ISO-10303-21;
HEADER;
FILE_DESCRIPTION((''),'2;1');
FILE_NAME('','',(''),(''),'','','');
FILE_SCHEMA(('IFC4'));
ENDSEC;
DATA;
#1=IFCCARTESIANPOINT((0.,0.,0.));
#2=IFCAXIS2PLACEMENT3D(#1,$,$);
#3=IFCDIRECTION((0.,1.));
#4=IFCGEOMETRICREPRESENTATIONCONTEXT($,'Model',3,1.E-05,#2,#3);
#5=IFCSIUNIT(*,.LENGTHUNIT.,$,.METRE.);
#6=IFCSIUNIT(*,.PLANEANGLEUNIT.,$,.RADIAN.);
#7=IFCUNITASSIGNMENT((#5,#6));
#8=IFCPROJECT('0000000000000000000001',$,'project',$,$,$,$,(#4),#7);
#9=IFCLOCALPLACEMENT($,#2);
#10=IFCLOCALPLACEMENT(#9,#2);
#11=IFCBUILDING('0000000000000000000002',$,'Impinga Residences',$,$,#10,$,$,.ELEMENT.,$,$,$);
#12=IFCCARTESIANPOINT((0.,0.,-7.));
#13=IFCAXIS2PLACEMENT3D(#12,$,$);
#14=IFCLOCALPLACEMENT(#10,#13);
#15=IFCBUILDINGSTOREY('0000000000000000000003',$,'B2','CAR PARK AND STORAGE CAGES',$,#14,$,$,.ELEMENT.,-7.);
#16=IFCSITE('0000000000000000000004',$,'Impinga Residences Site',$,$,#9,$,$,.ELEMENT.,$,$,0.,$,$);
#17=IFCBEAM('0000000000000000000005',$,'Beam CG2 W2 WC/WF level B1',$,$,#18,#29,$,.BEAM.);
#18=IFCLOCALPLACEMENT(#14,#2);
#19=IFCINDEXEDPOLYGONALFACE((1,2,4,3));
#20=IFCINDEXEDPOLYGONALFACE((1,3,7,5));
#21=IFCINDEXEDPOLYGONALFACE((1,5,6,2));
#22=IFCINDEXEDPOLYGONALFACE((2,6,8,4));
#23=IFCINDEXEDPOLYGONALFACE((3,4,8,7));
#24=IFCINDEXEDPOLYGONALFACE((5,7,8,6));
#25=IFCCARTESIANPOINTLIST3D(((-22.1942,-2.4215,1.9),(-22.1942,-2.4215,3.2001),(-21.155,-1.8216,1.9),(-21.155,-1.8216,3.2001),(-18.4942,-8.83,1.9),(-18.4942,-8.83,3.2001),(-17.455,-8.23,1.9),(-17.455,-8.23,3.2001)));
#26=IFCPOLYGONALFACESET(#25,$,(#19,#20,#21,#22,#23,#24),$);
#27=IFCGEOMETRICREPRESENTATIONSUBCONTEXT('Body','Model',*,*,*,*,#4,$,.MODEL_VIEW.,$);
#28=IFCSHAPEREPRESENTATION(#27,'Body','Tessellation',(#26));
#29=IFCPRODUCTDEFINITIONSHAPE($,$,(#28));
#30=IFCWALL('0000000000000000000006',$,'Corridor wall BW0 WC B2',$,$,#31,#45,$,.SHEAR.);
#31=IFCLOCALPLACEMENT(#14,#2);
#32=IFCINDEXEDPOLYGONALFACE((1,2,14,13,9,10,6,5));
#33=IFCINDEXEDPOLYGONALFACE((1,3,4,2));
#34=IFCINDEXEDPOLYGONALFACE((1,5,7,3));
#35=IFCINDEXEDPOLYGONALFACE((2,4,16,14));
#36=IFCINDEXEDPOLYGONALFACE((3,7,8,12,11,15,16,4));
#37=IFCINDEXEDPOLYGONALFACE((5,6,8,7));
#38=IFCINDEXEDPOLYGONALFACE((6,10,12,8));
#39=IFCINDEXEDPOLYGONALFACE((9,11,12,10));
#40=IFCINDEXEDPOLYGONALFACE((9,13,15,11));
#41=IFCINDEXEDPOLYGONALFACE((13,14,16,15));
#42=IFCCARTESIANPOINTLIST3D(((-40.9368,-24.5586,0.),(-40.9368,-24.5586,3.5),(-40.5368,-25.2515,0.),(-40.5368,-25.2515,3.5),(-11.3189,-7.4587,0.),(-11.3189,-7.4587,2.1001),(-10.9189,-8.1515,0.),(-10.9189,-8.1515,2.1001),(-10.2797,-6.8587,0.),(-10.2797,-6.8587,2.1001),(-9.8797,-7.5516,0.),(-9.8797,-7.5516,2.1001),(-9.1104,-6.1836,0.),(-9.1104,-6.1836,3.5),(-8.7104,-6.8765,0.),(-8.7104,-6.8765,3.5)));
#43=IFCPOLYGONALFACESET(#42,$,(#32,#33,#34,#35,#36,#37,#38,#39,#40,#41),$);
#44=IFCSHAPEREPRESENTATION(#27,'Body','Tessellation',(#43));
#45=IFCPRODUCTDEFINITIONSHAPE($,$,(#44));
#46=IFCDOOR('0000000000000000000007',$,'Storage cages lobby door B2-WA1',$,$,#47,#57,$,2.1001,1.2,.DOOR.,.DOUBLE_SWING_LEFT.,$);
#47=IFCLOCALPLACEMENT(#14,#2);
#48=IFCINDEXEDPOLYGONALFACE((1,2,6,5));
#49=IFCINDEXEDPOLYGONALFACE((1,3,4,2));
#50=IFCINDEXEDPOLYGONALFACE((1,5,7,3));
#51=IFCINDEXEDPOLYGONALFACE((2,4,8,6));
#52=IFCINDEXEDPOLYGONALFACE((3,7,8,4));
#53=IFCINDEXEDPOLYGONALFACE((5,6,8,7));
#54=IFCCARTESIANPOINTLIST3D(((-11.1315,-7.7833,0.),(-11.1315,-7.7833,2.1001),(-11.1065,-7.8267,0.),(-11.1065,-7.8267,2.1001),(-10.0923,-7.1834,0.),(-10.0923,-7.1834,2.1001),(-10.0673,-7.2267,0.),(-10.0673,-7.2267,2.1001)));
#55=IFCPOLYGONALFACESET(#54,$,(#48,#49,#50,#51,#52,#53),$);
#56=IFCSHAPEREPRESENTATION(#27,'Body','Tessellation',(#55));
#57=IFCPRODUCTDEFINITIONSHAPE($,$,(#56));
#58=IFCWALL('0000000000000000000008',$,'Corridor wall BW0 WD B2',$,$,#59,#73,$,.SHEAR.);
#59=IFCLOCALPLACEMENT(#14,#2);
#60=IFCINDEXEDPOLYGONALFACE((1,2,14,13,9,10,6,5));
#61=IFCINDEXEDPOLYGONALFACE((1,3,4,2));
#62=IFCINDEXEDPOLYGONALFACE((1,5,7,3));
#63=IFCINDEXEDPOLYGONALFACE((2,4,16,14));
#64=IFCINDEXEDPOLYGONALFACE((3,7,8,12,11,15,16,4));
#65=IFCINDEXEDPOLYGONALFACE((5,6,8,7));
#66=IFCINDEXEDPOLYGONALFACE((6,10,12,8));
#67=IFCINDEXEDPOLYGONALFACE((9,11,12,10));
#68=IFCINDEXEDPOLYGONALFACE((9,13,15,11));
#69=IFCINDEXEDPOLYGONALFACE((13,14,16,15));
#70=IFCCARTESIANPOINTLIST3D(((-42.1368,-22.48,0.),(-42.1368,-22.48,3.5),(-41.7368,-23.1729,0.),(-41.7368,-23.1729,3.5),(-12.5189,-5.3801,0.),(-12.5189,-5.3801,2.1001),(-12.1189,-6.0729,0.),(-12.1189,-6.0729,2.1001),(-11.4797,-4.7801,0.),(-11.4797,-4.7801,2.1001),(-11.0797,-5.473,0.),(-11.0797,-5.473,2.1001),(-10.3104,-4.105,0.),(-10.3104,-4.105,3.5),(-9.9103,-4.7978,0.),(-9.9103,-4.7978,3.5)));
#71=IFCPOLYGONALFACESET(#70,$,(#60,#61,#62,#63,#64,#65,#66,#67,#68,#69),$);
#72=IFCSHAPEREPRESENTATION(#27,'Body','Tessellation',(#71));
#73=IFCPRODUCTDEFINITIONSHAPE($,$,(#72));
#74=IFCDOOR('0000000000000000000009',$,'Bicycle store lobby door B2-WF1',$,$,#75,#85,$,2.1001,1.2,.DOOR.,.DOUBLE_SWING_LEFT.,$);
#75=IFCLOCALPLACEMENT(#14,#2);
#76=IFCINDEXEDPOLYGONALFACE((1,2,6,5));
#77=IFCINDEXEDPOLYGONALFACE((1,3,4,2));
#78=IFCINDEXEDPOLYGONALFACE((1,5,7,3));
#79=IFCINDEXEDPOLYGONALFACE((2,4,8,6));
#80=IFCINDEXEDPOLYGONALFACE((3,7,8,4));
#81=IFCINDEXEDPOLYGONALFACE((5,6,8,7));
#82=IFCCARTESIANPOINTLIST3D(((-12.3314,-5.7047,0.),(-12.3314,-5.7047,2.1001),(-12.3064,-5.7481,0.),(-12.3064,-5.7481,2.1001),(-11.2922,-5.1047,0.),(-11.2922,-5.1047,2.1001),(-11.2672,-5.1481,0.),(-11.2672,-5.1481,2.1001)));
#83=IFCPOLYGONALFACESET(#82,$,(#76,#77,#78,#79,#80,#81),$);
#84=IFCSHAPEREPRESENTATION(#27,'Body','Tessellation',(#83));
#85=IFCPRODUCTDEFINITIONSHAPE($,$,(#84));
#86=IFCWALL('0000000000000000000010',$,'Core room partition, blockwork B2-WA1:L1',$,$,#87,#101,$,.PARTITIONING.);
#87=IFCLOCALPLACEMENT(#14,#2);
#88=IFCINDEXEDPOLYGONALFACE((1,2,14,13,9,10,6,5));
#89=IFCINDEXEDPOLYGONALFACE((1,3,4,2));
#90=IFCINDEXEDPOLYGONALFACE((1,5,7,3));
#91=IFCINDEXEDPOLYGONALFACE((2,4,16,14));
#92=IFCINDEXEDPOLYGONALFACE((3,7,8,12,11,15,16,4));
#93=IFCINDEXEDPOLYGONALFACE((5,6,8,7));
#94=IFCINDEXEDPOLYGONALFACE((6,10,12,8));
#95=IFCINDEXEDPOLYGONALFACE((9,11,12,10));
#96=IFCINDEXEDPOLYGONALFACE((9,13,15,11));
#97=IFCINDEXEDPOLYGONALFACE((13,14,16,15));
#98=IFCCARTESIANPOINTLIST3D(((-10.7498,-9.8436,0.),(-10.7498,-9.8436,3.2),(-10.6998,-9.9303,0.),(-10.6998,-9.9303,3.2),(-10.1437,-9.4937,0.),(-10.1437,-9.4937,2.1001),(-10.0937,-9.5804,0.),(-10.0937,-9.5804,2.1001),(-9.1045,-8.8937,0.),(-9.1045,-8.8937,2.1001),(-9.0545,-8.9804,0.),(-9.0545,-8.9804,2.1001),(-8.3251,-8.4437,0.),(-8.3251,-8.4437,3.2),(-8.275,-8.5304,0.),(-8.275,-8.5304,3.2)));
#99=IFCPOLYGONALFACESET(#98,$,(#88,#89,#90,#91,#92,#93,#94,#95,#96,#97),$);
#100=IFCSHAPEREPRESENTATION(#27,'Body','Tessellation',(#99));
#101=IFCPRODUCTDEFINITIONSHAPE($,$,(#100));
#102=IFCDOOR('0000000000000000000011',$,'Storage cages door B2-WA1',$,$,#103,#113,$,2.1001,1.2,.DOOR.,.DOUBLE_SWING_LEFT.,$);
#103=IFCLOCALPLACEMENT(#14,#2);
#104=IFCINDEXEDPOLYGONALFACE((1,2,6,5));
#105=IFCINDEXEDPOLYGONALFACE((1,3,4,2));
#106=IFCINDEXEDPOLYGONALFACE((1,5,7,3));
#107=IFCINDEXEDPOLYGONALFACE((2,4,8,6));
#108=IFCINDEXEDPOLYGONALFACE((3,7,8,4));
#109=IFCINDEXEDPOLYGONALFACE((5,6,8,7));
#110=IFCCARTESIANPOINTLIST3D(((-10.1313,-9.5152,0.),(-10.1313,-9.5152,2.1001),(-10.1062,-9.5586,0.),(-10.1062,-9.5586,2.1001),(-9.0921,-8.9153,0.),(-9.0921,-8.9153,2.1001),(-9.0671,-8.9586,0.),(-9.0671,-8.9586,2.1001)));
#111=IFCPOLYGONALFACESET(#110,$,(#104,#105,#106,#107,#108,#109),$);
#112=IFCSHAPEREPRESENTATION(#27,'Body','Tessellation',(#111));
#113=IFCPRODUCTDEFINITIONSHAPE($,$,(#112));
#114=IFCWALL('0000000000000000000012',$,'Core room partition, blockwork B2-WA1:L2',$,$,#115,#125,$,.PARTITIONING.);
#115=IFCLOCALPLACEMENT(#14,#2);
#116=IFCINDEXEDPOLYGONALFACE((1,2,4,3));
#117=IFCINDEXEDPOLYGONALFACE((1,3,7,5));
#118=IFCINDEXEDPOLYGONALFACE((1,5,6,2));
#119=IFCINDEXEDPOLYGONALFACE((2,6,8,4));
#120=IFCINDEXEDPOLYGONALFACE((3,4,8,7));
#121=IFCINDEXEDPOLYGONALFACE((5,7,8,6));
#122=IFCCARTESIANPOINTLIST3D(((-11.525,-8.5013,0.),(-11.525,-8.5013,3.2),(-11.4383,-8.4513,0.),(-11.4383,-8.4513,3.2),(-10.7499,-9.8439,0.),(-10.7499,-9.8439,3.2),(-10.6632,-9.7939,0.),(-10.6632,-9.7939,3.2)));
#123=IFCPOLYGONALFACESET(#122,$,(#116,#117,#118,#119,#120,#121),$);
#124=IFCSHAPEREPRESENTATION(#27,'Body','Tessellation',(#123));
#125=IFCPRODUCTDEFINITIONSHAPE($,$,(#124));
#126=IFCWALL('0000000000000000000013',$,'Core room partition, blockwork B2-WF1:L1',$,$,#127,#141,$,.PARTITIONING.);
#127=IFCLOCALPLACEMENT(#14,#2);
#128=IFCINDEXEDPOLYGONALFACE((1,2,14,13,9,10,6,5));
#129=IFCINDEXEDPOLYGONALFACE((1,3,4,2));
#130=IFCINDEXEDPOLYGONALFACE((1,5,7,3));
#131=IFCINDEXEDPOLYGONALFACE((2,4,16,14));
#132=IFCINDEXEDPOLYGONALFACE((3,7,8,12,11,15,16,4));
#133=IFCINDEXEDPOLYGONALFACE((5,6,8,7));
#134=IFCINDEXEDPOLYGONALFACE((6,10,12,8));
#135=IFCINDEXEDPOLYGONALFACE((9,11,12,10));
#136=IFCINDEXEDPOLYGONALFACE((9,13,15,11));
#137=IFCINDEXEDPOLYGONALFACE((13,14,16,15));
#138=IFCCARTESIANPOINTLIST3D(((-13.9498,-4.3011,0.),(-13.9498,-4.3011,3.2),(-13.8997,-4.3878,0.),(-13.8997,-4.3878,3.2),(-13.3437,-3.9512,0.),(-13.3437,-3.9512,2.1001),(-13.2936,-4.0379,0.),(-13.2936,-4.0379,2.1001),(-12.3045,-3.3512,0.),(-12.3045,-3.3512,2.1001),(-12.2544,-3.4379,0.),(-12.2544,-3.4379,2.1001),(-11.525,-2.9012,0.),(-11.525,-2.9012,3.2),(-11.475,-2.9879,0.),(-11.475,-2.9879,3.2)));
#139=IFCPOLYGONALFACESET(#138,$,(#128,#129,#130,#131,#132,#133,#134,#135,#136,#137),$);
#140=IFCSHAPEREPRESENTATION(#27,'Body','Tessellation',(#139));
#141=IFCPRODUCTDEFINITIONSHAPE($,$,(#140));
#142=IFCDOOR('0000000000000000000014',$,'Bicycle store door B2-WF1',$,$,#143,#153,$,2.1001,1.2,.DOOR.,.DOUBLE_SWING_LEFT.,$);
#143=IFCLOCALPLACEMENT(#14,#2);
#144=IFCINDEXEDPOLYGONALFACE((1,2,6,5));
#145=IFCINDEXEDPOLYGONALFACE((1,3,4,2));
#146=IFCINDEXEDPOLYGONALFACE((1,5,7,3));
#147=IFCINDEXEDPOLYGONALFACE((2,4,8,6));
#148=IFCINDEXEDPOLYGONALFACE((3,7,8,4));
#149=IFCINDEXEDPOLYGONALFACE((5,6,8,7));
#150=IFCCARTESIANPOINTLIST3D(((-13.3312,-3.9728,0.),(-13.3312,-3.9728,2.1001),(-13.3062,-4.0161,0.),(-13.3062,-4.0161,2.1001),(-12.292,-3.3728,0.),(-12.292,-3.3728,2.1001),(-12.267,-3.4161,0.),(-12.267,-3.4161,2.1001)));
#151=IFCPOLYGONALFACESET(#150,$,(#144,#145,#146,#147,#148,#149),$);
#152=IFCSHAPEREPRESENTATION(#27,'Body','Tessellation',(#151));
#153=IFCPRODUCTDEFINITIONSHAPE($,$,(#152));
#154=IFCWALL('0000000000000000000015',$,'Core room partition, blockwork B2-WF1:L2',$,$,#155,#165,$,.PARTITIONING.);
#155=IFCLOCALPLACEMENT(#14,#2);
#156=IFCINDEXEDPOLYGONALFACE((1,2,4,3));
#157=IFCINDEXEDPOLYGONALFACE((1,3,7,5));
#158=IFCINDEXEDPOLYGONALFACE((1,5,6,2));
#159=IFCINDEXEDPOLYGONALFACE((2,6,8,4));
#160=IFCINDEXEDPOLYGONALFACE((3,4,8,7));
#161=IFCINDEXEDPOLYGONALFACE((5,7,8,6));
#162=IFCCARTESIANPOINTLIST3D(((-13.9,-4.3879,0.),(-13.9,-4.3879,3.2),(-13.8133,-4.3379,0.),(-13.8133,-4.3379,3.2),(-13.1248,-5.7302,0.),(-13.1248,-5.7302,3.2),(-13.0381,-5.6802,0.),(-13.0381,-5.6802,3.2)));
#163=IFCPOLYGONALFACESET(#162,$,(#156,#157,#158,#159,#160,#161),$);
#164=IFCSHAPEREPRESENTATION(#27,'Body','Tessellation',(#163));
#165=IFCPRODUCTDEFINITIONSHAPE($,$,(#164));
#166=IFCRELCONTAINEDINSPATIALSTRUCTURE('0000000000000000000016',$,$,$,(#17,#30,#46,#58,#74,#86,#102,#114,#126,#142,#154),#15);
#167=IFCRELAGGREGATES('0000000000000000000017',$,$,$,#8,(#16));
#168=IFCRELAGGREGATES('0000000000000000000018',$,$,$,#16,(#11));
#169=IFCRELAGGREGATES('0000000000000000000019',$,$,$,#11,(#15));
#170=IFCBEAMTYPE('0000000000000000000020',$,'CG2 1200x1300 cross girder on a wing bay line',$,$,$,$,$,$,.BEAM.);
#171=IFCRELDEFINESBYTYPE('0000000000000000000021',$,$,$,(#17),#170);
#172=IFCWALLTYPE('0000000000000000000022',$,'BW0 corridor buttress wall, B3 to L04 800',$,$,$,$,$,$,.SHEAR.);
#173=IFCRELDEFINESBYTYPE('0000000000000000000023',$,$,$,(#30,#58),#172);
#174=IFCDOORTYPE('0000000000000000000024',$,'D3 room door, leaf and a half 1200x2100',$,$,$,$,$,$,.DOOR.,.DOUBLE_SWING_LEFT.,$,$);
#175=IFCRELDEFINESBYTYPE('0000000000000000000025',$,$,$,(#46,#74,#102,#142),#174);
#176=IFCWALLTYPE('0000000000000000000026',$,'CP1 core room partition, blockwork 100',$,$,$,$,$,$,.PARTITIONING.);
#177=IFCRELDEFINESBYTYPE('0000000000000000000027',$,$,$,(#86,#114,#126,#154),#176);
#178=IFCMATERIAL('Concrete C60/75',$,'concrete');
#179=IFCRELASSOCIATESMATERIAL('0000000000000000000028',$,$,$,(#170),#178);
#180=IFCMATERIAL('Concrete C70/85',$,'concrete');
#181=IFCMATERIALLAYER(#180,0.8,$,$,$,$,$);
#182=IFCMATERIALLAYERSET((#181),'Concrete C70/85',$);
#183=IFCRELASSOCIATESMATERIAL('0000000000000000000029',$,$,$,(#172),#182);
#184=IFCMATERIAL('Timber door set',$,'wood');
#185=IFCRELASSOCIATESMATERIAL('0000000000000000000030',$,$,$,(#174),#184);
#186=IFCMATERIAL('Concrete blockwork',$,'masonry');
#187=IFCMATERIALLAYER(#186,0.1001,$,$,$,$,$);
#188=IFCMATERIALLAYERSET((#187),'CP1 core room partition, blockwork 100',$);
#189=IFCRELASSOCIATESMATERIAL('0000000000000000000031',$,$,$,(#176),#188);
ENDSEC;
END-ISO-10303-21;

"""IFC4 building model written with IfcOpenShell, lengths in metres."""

from ifc_helpers import new_model, si_unit, direction, frame, frame_2d, origin, origin_2d, place, context, subcontext, project, spatial, rectangle, extrude, material, layer, layer_set, material_profile, profile_set, type_object, element, fill, save


model = new_model("IFC4")

# Units and contexts
model_context = context("Model", 3, precision=1e-05, world=origin(), true_north=direction((0.0, 1.0)))
body_context = subcontext(model_context, "Body", "Model", "MODEL_VIEW")
ifc_project = project(units=[si_unit("LENGTHUNIT", "METRE"), si_unit("PLANEANGLEUNIT", "RADIAN")], contexts=[model_context])

# Site, building, storey
site_placement = place(None, origin())
site = spatial("IfcSite", under=ifc_project, at=site_placement, Name="Impinga Residences Site", CompositionType="ELEMENT", RefElevation=0.0)
building_placement = place(site_placement, origin())
building = spatial("IfcBuilding", under=site, at=building_placement, Name="Impinga Residences", CompositionType="ELEMENT")
storey_placement = place(building_placement, frame((0.0, 0.0, -7.0)))
storey = spatial("IfcBuildingStorey", under=building, at=storey_placement, Name="B2", Description="CAR PARK AND STORAGE CAGES", CompositionType="ELEMENT", Elevation=-7.0)

# Beam
ifc_material_1 = material(Name="Concrete C60/75", Category="concrete")
ifc_material_profile = material_profile(ifc_material_1, rectangle(XDim=1.2, YDim=1.3, at=origin_2d()), Name="RC 1200x1300")
ifc_profile_set = profile_set([ifc_material_profile], Name="Concrete C60/75")
beam_type = type_object("IfcBeamType", Name="CG2 1200x1300 cross girder on a wing bay line", PredefinedType="BEAM", material=ifc_profile_set)
beam_placement = place(storey_placement, frame((-17.9746, -8.53, 2.55), z_axis=(-0.500003, 0.866024, 0.0), x_axis=(-0.866024, -0.500003, 0.0)))
element("IfcBeam", 1, at=beam_placement, inside=storey, type_object=beam_type, Name="Beam CG2 W2 WC/WF level B1", PredefinedType="BEAM", context=body_context, shape_type="SweptSolid", body=[
    extrude(rectangle(XDim=1.2, YDim=1.3, at=origin_2d()), origin(), (0.0, 0.0, 1.0), 7.3999),
])

# Walls, openings, doors
ifc_material_2 = material(Name="Concrete C70/85", Category="concrete")
ifc_layer_1 = layer(ifc_material_2, 0.8)
ifc_layer_set_1 = layer_set([ifc_layer_1], Name="Concrete C70/85")
wall_type_1 = type_object("IfcWallType", Name="BW0 corridor buttress wall, B3 to L04 800", PredefinedType="SHEAR", material=ifc_layer_set_1)
wall_1_placement = place(storey_placement, frame((-8.9104, -6.53, 0.0), z_axis=(0.0, 0.0, 1.0), x_axis=(-0.866025, -0.5, 0.0)))
wall_1 = element("IfcWall", 2, at=wall_1_placement, inside=storey, type_object=wall_type_1, Name="Corridor wall BW0 WC B2", PredefinedType="SHEAR", context=body_context, shape_type="SweptSolid", body=[
    extrude(rectangle(XDim=36.75, YDim=0.8, at=frame_2d((18.375, 0.0))), origin(), (0.0, 0.0, 1.0), 3.5),
])
opening_1_placement = place(wall_1_placement, frame((1.3501, 0.0, 0.0)))
opening_1 = element("IfcOpeningElement", 3, at=opening_1_placement, cuts=wall_1, PredefinedType="OPENING", context=body_context, shape_type="SweptSolid", body=[
    extrude(rectangle(XDim=1.2, YDim=2.1001, at=frame_2d((0.6001, 1.05))), frame((0.0, 0.4099, 0.0), z_axis=(0.0, -1.0, 0.0), x_axis=(1.0, 0.0, 0.0)), (0.0, 0.0, 1.0), 0.8201),
])
ifc_material_3 = material(Name="Timber door set", Category="wood")
door_type_1 = type_object("IfcDoorType", Name="D3 room door, leaf and a half 1200x2100", OperationType="DOUBLE_SWING_LEFT", PredefinedType="DOOR", material=ifc_material_3)
door_1_placement = place(opening_1_placement, origin())
door_1 = element("IfcDoor", 4, at=door_1_placement, inside=storey, type_object=door_type_1, Name="Storage cages lobby door B2-WA1", OperationType="DOUBLE_SWING_LEFT", OverallHeight=2.1001, OverallWidth=1.2, PredefinedType="DOOR", context=body_context, shape_type="SweptSolid", body=[
    extrude(rectangle(XDim=1.2, YDim=2.1001, at=frame_2d((0.6001, 1.05))), frame((0.0, 0.0249, 0.0), z_axis=(0.0, -1.0, 0.0), x_axis=(1.0, 0.0, 0.0)), (0.0, 0.0, 1.0), 0.05),
])
fill(opening_1, door_1)
wall_2_placement = place(storey_placement, frame((-10.1104, -4.4514, 0.0), z_axis=(0.0, 0.0, 1.0), x_axis=(-0.866025, -0.5, 0.0)))
wall_2 = element("IfcWall", 5, at=wall_2_placement, inside=storey, type_object=wall_type_1, Name="Corridor wall BW0 WD B2", PredefinedType="SHEAR", context=body_context, shape_type="SweptSolid", body=[
    extrude(rectangle(XDim=36.75, YDim=0.8, at=frame_2d((18.375, 0.0))), origin(), (0.0, 0.0, 1.0), 3.5),
])
opening_2_placement = place(wall_2_placement, frame((1.3501, 0.0, 0.0)))
opening_2 = element("IfcOpeningElement", 6, at=opening_2_placement, cuts=wall_2, PredefinedType="OPENING", context=body_context, shape_type="SweptSolid", body=[
    extrude(rectangle(XDim=1.2, YDim=2.1001, at=frame_2d((0.6001, 1.05))), frame((0.0, 0.4099, 0.0), z_axis=(0.0, -1.0, 0.0), x_axis=(1.0, 0.0, 0.0)), (0.0, 0.0, 1.0), 0.8201),
])
door_2_placement = place(opening_2_placement, origin())
door_2 = element("IfcDoor", 7, at=door_2_placement, inside=storey, type_object=door_type_1, Name="Bicycle store lobby door B2-WF1", OperationType="DOUBLE_SWING_LEFT", OverallHeight=2.1001, OverallWidth=1.2, PredefinedType="DOOR", context=body_context, shape_type="SweptSolid", body=[
    extrude(rectangle(XDim=1.2, YDim=2.1001, at=frame_2d((0.6001, 1.05))), frame((0.0, 0.0249, 0.0), z_axis=(0.0, -1.0, 0.0), x_axis=(1.0, 0.0, 0.0)), (0.0, 0.0, 1.0), 0.05),
])
fill(opening_2, door_2)
ifc_material_4 = material(Name="Concrete blockwork", Category="masonry")
ifc_layer_2 = layer(ifc_material_4, 0.1001)
ifc_layer_set_2 = layer_set([ifc_layer_2], Name="CP1 core room partition, blockwork 100")
wall_type_2 = type_object("IfcWallType", Name="CP1 core room partition, blockwork 100", PredefinedType="PARTITIONING", material=ifc_layer_set_2)
wall_3_placement = place(storey_placement, frame((-8.3, -8.4871, 0.0), z_axis=(0.0, 0.0, 1.0), x_axis=(-0.866035, -0.499984, 0.0)))
wall_3 = element("IfcWall", 8, at=wall_3_placement, inside=storey, type_object=wall_type_2, Name="Core room partition, blockwork B2-WA1:L1", PredefinedType="PARTITIONING", context=body_context, shape_type="SweptSolid", body=[
    extrude(rectangle(XDim=2.7998, YDim=0.1001, at=frame_2d((1.3999, 0.0))), origin(), (0.0, 0.0, 1.0), 3.2),
])
opening_3_placement = place(wall_3_placement, frame((0.8999, 0.0, 0.0)))
opening_3 = element("IfcOpeningElement", 9, at=opening_3_placement, cuts=wall_3, PredefinedType="OPENING", context=body_context, shape_type="SweptSolid", body=[
    extrude(rectangle(XDim=1.2, YDim=2.1001, at=frame_2d((0.6001, 1.05))), frame((0.0, 0.0601, 0.0), z_axis=(0.0, -1.0, 0.0), x_axis=(1.0, 0.0, 0.0)), (0.0, 0.0, 1.0), 0.1201),
])
door_3_placement = place(opening_3_placement, origin())
door_3 = element("IfcDoor", 10, at=door_3_placement, inside=storey, type_object=door_type_1, Name="Storage cages door B2-WA1", OperationType="DOUBLE_SWING_LEFT", OverallHeight=2.1001, OverallWidth=1.2, PredefinedType="DOOR", context=body_context, shape_type="SweptSolid", body=[
    extrude(rectangle(XDim=1.2, YDim=2.1001, at=frame_2d((0.6001, 1.05))), frame((0.0, 0.0249, 0.0), z_axis=(0.0, -1.0, 0.0), x_axis=(1.0, 0.0, 0.0)), (0.0, 0.0, 1.0), 0.05),
])
fill(opening_3, door_3)

# Wall
wall_4_placement = place(storey_placement, frame((-11.4817, -8.4763, 0.0), z_axis=(0.0, 0.0, 1.0), x_axis=(0.500018, -0.866015, 0.0)))
element("IfcWall", 11, at=wall_4_placement, inside=storey, type_object=wall_type_2, Name="Core room partition, blockwork B2-WA1:L2", PredefinedType="PARTITIONING", context=body_context, shape_type="SweptSolid", body=[
    extrude(rectangle(XDim=1.5503, YDim=0.1001, at=frame_2d((0.7751, 0.0))), origin(), (0.0, 0.0, 1.0), 3.2),
])

# Wall, opening, door
wall_5_placement = place(storey_placement, frame((-11.5, -2.9446, 0.0), z_axis=(0.0, 0.0, 1.0), x_axis=(-0.866035, -0.499984, 0.0)))
wall_5 = element("IfcWall", 12, at=wall_5_placement, inside=storey, type_object=wall_type_2, Name="Core room partition, blockwork B2-WF1:L1", PredefinedType="PARTITIONING", context=body_context, shape_type="SweptSolid", body=[
    extrude(rectangle(XDim=2.7998, YDim=0.1001, at=frame_2d((1.3999, 0.0))), origin(), (0.0, 0.0, 1.0), 3.2),
])
opening_4_placement = place(wall_5_placement, frame((0.8999, 0.0, 0.0)))
opening_4 = element("IfcOpeningElement", 13, at=opening_4_placement, cuts=wall_5, PredefinedType="OPENING", context=body_context, shape_type="SweptSolid", body=[
    extrude(rectangle(XDim=1.2, YDim=2.1001, at=frame_2d((0.6001, 1.05))), frame((0.0, 0.0601, 0.0), z_axis=(0.0, -1.0, 0.0), x_axis=(1.0, 0.0, 0.0)), (0.0, 0.0, 1.0), 0.1201),
])
door_4_placement = place(opening_4_placement, origin())
door_4 = element("IfcDoor", 14, at=door_4_placement, inside=storey, type_object=door_type_1, Name="Bicycle store door B2-WF1", OperationType="DOUBLE_SWING_LEFT", OverallHeight=2.1001, OverallWidth=1.2, PredefinedType="DOOR", context=body_context, shape_type="SweptSolid", body=[
    extrude(rectangle(XDim=1.2, YDim=2.1001, at=frame_2d((0.6001, 1.05))), frame((0.0, 0.0249, 0.0), z_axis=(0.0, -1.0, 0.0), x_axis=(1.0, 0.0, 0.0)), (0.0, 0.0, 1.0), 0.05),
])
fill(opening_4, door_4)

# Wall
wall_6_placement = place(storey_placement, frame((-13.0815, -5.7051, 0.0), z_axis=(0.0, 0.0, 1.0), x_axis=(-0.500086, 0.865976, 0.0)))
element("IfcWall", 15, at=wall_6_placement, inside=storey, type_object=wall_type_2, Name="Core room partition, blockwork B2-WF1:L2", PredefinedType="PARTITIONING", context=body_context, shape_type="SweptSolid", body=[
    extrude(rectangle(XDim=1.55, YDim=0.1001, at=frame_2d((0.7749, 0.0))), origin(), (0.0, 0.0, 1.0), 3.2),
])

save(model, "model.ifc")
